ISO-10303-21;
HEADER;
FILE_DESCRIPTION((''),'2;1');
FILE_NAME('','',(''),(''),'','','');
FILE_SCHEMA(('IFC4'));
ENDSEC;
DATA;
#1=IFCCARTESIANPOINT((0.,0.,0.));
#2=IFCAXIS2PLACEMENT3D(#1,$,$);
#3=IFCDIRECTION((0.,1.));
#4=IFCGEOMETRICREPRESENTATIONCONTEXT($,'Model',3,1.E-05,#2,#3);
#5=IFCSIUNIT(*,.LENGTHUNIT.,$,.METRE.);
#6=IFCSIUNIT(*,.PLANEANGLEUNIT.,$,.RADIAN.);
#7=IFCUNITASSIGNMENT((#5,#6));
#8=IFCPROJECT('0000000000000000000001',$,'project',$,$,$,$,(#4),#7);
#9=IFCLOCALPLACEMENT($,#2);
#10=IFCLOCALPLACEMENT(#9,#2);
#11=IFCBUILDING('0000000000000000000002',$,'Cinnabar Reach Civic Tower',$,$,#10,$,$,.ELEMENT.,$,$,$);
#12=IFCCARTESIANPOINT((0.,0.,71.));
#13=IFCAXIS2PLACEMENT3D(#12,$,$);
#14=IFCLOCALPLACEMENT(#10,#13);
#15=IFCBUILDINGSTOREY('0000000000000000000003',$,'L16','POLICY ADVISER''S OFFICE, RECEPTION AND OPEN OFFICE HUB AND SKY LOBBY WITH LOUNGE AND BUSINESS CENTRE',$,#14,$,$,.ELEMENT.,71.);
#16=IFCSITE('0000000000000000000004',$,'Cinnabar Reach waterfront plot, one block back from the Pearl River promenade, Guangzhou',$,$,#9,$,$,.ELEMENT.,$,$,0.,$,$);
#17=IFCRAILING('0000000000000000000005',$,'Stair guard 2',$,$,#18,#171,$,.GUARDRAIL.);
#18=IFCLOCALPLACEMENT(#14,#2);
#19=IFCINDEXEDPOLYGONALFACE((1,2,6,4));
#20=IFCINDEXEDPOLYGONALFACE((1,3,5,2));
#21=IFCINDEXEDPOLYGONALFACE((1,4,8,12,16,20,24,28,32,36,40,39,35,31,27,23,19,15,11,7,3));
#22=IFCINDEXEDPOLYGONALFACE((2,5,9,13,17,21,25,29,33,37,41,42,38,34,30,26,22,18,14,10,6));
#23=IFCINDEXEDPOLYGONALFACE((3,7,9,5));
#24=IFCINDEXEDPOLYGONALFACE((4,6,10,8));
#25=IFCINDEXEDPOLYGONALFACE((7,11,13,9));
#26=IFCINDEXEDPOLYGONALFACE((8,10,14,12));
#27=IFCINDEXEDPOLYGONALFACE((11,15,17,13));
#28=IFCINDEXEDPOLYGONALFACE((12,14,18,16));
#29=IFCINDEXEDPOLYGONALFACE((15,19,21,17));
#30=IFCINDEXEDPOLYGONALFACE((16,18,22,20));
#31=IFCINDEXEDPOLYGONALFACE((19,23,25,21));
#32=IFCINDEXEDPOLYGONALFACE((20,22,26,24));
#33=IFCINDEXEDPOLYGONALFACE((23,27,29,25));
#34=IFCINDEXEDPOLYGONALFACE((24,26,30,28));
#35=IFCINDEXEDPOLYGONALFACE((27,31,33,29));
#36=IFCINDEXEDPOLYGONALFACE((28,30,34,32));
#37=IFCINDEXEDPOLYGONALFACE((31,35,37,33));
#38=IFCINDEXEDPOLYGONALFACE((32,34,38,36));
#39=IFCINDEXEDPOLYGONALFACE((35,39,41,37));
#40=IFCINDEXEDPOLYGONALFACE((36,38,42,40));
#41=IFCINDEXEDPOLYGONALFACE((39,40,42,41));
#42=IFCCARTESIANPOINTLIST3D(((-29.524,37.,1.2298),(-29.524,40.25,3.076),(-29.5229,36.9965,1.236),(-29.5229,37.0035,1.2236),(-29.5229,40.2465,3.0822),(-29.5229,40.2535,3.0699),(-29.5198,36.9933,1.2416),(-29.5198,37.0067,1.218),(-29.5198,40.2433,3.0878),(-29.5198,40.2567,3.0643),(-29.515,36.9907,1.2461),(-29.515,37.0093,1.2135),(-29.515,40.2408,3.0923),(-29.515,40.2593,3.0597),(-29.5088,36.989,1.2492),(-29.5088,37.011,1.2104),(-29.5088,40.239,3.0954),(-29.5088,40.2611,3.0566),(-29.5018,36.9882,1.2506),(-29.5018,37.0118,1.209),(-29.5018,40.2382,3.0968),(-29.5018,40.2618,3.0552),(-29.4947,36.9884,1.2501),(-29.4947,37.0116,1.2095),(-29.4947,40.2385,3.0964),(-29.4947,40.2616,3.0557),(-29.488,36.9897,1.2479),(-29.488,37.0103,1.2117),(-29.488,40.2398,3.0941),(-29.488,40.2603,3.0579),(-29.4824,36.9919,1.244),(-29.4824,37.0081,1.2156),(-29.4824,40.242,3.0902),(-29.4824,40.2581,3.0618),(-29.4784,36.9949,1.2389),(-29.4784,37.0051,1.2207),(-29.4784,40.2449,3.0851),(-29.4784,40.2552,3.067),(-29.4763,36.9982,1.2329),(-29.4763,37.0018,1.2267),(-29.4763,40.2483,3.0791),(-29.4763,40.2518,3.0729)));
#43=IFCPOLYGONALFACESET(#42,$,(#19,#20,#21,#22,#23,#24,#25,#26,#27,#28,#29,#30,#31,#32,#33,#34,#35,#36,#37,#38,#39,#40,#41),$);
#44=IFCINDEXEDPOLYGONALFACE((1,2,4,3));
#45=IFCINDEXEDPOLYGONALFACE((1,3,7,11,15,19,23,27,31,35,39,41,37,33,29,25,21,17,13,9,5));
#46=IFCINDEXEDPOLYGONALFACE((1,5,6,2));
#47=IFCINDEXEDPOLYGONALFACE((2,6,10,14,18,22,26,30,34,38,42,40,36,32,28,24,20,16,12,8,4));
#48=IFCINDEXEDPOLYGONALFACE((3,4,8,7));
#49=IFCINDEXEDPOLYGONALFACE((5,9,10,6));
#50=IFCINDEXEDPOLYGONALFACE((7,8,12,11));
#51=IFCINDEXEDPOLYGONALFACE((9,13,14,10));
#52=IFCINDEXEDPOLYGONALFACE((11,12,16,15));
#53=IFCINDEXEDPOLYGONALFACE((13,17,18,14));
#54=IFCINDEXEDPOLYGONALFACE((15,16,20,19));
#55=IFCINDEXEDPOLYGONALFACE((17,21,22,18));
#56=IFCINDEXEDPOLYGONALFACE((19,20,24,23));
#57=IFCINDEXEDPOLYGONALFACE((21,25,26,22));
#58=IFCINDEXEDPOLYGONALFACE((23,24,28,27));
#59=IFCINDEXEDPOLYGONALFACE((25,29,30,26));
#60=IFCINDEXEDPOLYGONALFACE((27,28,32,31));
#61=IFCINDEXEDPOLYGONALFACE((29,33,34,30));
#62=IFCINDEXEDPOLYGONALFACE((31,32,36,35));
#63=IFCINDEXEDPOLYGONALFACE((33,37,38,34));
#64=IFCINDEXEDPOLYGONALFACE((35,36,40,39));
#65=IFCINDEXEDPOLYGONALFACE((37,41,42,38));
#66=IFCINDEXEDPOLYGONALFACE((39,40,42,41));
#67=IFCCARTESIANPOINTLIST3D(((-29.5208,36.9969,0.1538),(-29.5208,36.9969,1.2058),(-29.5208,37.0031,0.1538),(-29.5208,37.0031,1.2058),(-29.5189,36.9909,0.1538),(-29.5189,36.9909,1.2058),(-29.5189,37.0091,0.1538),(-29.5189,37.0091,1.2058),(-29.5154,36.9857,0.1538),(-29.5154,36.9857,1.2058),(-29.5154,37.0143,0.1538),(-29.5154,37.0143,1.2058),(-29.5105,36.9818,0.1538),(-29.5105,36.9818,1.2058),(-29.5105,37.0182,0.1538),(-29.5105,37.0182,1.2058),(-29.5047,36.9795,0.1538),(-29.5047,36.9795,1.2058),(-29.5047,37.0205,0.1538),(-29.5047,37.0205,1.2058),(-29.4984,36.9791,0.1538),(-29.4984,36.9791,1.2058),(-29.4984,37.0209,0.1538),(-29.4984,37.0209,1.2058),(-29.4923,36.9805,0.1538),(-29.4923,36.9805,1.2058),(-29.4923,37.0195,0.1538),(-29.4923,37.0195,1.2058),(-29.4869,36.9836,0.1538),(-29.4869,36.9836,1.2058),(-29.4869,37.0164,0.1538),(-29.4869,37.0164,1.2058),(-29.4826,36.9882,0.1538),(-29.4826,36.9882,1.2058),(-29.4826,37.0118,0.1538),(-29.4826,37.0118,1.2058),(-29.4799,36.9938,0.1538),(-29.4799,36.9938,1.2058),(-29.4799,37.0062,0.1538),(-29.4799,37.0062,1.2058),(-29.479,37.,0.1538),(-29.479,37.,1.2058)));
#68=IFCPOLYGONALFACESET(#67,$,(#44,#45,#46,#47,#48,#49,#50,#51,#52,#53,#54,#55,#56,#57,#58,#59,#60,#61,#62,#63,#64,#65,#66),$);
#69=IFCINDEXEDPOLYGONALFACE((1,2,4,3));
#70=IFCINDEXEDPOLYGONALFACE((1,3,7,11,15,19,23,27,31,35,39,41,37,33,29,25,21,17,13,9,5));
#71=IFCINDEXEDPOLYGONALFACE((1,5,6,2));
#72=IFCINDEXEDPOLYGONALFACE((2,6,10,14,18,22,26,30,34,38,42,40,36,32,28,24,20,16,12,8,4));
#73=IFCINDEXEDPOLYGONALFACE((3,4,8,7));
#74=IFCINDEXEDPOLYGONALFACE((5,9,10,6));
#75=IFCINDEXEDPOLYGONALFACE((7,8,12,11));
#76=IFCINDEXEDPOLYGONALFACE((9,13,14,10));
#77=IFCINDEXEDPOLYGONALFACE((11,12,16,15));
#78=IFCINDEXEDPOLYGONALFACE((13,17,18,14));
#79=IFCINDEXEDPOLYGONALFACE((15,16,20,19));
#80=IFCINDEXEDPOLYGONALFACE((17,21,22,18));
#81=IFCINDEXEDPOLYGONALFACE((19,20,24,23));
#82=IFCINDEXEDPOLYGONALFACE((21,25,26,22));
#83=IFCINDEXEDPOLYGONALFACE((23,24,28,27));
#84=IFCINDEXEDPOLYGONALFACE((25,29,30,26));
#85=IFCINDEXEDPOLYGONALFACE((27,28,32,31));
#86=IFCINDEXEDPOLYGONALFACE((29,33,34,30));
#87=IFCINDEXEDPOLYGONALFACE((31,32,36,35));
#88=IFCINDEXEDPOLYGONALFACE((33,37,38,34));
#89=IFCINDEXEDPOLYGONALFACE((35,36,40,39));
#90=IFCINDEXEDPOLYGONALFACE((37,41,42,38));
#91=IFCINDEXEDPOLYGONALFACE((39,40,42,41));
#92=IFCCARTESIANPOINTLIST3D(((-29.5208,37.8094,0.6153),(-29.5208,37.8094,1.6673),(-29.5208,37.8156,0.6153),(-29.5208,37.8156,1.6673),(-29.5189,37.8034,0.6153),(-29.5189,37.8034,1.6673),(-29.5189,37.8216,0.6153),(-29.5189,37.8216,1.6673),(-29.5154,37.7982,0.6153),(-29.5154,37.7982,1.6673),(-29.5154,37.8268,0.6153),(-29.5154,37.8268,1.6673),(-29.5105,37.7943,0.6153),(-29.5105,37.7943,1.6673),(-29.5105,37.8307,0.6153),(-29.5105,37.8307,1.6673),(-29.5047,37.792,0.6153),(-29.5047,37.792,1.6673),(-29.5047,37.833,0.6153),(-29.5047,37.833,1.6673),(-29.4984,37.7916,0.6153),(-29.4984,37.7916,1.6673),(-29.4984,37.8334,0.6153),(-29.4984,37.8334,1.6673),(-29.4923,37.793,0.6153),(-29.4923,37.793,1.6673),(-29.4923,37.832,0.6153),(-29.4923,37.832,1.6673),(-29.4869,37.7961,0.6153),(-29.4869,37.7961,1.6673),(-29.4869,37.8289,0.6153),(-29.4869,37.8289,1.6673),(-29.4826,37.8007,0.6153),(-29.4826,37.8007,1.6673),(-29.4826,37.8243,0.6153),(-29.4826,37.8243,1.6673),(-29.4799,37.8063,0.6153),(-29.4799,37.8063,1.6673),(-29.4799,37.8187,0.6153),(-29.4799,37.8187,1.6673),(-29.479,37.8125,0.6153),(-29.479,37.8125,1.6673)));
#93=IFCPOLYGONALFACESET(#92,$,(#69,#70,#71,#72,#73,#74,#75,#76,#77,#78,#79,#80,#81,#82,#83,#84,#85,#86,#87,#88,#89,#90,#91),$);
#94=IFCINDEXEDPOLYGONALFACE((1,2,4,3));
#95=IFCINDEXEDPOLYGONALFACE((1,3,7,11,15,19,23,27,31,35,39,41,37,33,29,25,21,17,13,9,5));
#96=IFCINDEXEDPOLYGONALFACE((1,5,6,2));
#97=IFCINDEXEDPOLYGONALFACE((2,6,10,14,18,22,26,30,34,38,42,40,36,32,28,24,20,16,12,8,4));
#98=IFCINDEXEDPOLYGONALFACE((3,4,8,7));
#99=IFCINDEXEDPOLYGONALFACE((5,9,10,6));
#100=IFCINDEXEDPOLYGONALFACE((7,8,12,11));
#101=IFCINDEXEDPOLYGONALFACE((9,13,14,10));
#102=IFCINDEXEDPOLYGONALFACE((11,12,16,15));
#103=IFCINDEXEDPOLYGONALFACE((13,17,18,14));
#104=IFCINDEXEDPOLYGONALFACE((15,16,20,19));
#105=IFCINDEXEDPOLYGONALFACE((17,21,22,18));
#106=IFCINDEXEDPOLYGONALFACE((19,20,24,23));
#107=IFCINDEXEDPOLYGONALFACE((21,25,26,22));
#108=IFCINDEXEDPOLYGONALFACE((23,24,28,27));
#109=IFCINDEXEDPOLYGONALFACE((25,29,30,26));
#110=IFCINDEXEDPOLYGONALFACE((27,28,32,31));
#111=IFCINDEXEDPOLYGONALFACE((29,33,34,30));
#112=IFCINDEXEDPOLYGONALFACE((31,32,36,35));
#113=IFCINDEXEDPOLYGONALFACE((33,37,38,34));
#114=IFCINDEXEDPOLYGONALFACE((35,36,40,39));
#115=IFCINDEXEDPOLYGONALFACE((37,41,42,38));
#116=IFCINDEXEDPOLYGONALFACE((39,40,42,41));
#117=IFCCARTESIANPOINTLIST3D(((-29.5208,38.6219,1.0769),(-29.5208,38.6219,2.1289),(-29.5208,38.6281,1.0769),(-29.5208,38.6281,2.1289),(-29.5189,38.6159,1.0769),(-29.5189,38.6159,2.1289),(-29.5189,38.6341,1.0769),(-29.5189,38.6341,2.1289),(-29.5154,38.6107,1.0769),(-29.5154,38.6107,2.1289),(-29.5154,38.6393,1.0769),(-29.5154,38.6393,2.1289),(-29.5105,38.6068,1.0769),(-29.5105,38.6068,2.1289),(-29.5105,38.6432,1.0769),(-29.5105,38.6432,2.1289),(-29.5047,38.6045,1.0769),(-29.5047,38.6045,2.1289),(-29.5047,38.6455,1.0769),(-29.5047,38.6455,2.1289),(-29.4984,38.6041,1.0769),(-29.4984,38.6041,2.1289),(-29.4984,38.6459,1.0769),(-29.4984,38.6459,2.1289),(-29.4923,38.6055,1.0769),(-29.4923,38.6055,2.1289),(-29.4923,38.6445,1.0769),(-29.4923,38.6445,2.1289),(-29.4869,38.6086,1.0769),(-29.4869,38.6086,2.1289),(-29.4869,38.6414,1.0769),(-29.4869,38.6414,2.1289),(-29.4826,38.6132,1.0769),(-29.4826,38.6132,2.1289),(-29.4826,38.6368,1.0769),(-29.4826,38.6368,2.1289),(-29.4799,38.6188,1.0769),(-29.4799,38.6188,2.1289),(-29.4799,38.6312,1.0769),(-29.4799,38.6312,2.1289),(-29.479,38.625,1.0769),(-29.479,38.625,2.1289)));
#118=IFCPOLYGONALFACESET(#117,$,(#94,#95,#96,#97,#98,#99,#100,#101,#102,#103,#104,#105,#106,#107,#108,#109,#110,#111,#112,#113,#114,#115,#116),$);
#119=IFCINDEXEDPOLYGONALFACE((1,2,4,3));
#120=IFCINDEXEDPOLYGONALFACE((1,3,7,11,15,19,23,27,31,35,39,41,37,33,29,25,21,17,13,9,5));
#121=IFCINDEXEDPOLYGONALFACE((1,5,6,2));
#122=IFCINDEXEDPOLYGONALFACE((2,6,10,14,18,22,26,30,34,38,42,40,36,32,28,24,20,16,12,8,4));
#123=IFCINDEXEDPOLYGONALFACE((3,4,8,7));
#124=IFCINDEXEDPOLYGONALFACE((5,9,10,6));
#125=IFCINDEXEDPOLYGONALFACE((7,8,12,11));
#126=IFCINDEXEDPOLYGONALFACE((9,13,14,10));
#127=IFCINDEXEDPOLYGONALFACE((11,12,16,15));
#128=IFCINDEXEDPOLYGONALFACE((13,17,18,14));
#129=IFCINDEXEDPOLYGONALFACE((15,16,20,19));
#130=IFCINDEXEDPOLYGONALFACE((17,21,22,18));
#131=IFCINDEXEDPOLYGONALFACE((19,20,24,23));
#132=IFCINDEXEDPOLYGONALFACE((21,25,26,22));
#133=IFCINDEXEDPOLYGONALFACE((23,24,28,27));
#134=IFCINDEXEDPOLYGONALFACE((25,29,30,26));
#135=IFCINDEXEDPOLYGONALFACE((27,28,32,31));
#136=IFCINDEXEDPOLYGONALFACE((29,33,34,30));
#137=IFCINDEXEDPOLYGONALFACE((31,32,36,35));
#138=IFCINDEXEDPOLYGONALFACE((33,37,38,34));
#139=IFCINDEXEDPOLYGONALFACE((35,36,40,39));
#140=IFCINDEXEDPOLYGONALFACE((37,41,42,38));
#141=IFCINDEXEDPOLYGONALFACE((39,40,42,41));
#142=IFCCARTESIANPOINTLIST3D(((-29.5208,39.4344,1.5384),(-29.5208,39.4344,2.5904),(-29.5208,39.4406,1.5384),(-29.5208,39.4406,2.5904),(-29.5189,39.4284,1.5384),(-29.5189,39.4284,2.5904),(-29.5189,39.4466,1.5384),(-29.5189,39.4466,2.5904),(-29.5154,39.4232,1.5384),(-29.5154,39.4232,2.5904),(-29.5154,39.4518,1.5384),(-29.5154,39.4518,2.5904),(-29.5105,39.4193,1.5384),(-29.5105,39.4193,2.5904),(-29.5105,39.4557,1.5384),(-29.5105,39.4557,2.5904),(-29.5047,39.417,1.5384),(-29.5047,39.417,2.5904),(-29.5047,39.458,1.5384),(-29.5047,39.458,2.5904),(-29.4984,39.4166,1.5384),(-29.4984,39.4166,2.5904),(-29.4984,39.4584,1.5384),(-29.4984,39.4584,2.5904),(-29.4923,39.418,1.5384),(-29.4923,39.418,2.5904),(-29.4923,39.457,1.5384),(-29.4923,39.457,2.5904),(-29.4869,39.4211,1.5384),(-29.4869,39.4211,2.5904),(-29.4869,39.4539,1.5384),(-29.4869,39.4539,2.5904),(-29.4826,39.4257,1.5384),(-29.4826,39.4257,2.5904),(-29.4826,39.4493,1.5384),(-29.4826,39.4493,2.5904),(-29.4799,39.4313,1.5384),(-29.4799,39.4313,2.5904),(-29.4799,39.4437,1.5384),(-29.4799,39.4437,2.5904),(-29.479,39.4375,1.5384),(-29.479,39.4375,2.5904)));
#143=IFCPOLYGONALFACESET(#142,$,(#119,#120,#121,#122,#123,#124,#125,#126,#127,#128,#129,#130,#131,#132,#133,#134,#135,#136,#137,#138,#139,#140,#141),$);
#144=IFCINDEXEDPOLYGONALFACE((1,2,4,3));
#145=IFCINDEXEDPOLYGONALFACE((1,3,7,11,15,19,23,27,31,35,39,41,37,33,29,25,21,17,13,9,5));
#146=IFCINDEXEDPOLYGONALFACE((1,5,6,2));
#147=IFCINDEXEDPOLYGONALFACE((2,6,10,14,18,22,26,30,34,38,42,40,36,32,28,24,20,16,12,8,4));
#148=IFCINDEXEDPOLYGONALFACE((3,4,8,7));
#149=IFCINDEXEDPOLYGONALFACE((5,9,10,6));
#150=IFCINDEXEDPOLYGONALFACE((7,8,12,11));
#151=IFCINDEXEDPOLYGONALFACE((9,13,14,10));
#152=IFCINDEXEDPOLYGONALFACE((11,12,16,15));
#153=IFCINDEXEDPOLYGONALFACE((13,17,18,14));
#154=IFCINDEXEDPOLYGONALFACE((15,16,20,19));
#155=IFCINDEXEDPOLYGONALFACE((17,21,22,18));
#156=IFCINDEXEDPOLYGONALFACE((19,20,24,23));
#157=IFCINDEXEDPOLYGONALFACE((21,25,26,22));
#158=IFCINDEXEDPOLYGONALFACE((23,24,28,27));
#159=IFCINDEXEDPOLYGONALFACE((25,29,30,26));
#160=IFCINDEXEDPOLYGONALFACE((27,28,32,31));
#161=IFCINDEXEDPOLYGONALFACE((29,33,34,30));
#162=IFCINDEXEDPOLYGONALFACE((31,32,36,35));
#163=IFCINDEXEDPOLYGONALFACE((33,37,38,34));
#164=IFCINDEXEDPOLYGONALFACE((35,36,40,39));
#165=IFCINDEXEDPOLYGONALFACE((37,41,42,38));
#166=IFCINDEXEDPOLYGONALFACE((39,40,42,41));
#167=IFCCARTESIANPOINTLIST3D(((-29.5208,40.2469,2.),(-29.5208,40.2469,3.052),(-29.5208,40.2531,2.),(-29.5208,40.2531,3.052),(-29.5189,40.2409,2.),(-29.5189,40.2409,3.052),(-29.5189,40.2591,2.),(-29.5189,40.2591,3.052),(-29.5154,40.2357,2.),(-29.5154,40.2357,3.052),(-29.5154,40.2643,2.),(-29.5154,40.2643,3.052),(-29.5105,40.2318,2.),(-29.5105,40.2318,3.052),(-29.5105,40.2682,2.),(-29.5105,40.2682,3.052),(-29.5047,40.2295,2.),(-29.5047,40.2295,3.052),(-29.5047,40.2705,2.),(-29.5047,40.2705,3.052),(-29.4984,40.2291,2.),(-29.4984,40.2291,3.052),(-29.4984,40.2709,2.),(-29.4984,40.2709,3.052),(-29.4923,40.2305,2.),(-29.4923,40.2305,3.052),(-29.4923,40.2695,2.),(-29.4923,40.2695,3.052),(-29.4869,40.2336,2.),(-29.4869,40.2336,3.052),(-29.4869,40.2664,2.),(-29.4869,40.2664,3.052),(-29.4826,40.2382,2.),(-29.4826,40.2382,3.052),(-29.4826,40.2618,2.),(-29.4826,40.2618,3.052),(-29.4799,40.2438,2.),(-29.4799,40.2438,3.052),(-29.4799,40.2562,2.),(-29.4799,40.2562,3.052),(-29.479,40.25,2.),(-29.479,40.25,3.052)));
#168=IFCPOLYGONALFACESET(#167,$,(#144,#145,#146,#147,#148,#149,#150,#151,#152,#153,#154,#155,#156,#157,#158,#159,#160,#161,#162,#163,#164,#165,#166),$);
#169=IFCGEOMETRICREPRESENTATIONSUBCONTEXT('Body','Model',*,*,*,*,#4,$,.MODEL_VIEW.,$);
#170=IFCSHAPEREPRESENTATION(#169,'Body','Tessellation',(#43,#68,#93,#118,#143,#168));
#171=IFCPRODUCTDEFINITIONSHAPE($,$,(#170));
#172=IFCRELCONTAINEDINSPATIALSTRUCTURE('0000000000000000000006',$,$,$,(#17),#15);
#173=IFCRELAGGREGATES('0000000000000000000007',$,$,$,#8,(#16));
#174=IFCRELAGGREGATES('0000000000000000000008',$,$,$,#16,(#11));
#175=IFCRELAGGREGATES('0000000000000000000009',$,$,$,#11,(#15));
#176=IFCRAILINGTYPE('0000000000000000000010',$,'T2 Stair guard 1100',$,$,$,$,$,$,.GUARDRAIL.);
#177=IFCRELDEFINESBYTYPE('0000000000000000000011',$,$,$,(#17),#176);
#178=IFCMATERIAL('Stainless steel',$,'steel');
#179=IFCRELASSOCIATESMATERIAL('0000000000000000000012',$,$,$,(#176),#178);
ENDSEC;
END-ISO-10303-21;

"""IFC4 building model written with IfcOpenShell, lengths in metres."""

from ifc_helpers import new_model, si_unit, direction, frame, origin, origin_2d, place, context, subcontext, project, spatial, circle, extrude, material, type_object, element, save


model = new_model("IFC4")

# Units and contexts
model_context = context("Model", 3, precision=1e-05, world=origin(), true_north=direction((0.0, 1.0)))
body_context = subcontext(model_context, "Body", "Model", "MODEL_VIEW")
ifc_project = project(units=[si_unit("LENGTHUNIT", "METRE"), si_unit("PLANEANGLEUNIT", "RADIAN")], contexts=[model_context])

# Site, building, storey
site_placement = place(None, origin())
site = spatial("IfcSite", under=ifc_project, at=site_placement, Name="Cinnabar Reach waterfront plot, one block back from the Pearl River promenade, Guangzhou", CompositionType="ELEMENT", RefElevation=0.0)
building_placement = place(site_placement, origin())
building = spatial("IfcBuilding", under=site, at=building_placement, Name="Cinnabar Reach Civic Tower", CompositionType="ELEMENT")
storey_placement = place(building_placement, frame((0.0, 0.0, 71.0)))
storey = spatial("IfcBuildingStorey", under=building, at=storey_placement, Name="L16", Description="POLICY ADVISER'S OFFICE, RECEPTION AND OPEN OFFICE HUB AND SKY LOBBY WITH LOUNGE AND BUSINESS CENTRE", CompositionType="ELEMENT", Elevation=71.0)

# Railing
ifc_material_1 = material(Name="Stainless steel", Category="steel")
railing_type = type_object("IfcRailingType", Name="T2 Stair guard 1100", PredefinedType="GUARDRAIL", material=ifc_material_1)
railing_1_placement = place(storey_placement, frame((-29.5, 37.0, 0.1538)))
element("IfcRailing", 1, at=railing_1_placement, inside=storey, type_object=railing_type, Name="Stair guard 2", PredefinedType="GUARDRAIL", context=body_context, shape_type="SweptSolid", body=[
    extrude(circle(Radius=0.024, at=origin_2d()), frame((0.0, 0.0, 1.076), z_axis=(0.0, 0.869501, 0.49393), x_axis=(-1.0, 0.0, 0.0)), (0.0, 0.0, 1.0), 3.7378),
    extrude(circle(Radius=0.021, at=origin_2d()), origin(), (0.0, 0.0, 1.0), 1.052),
    extrude(circle(Radius=0.021, at=origin_2d()), frame((0.0, 0.8125, 0.4615)), (0.0, 0.0, 1.0), 1.052),
    extrude(circle(Radius=0.021, at=origin_2d()), frame((0.0, 1.625, 0.9231)), (0.0, 0.0, 1.0), 1.052),
    extrude(circle(Radius=0.021, at=origin_2d()), frame((0.0, 2.4375, 1.3846)), (0.0, 0.0, 1.0), 1.052),
    extrude(circle(Radius=0.021, at=origin_2d()), frame((0.0, 3.25, 1.8462)), (0.0, 0.0, 1.0), 1.052),
])

save(model, "model.ifc")
